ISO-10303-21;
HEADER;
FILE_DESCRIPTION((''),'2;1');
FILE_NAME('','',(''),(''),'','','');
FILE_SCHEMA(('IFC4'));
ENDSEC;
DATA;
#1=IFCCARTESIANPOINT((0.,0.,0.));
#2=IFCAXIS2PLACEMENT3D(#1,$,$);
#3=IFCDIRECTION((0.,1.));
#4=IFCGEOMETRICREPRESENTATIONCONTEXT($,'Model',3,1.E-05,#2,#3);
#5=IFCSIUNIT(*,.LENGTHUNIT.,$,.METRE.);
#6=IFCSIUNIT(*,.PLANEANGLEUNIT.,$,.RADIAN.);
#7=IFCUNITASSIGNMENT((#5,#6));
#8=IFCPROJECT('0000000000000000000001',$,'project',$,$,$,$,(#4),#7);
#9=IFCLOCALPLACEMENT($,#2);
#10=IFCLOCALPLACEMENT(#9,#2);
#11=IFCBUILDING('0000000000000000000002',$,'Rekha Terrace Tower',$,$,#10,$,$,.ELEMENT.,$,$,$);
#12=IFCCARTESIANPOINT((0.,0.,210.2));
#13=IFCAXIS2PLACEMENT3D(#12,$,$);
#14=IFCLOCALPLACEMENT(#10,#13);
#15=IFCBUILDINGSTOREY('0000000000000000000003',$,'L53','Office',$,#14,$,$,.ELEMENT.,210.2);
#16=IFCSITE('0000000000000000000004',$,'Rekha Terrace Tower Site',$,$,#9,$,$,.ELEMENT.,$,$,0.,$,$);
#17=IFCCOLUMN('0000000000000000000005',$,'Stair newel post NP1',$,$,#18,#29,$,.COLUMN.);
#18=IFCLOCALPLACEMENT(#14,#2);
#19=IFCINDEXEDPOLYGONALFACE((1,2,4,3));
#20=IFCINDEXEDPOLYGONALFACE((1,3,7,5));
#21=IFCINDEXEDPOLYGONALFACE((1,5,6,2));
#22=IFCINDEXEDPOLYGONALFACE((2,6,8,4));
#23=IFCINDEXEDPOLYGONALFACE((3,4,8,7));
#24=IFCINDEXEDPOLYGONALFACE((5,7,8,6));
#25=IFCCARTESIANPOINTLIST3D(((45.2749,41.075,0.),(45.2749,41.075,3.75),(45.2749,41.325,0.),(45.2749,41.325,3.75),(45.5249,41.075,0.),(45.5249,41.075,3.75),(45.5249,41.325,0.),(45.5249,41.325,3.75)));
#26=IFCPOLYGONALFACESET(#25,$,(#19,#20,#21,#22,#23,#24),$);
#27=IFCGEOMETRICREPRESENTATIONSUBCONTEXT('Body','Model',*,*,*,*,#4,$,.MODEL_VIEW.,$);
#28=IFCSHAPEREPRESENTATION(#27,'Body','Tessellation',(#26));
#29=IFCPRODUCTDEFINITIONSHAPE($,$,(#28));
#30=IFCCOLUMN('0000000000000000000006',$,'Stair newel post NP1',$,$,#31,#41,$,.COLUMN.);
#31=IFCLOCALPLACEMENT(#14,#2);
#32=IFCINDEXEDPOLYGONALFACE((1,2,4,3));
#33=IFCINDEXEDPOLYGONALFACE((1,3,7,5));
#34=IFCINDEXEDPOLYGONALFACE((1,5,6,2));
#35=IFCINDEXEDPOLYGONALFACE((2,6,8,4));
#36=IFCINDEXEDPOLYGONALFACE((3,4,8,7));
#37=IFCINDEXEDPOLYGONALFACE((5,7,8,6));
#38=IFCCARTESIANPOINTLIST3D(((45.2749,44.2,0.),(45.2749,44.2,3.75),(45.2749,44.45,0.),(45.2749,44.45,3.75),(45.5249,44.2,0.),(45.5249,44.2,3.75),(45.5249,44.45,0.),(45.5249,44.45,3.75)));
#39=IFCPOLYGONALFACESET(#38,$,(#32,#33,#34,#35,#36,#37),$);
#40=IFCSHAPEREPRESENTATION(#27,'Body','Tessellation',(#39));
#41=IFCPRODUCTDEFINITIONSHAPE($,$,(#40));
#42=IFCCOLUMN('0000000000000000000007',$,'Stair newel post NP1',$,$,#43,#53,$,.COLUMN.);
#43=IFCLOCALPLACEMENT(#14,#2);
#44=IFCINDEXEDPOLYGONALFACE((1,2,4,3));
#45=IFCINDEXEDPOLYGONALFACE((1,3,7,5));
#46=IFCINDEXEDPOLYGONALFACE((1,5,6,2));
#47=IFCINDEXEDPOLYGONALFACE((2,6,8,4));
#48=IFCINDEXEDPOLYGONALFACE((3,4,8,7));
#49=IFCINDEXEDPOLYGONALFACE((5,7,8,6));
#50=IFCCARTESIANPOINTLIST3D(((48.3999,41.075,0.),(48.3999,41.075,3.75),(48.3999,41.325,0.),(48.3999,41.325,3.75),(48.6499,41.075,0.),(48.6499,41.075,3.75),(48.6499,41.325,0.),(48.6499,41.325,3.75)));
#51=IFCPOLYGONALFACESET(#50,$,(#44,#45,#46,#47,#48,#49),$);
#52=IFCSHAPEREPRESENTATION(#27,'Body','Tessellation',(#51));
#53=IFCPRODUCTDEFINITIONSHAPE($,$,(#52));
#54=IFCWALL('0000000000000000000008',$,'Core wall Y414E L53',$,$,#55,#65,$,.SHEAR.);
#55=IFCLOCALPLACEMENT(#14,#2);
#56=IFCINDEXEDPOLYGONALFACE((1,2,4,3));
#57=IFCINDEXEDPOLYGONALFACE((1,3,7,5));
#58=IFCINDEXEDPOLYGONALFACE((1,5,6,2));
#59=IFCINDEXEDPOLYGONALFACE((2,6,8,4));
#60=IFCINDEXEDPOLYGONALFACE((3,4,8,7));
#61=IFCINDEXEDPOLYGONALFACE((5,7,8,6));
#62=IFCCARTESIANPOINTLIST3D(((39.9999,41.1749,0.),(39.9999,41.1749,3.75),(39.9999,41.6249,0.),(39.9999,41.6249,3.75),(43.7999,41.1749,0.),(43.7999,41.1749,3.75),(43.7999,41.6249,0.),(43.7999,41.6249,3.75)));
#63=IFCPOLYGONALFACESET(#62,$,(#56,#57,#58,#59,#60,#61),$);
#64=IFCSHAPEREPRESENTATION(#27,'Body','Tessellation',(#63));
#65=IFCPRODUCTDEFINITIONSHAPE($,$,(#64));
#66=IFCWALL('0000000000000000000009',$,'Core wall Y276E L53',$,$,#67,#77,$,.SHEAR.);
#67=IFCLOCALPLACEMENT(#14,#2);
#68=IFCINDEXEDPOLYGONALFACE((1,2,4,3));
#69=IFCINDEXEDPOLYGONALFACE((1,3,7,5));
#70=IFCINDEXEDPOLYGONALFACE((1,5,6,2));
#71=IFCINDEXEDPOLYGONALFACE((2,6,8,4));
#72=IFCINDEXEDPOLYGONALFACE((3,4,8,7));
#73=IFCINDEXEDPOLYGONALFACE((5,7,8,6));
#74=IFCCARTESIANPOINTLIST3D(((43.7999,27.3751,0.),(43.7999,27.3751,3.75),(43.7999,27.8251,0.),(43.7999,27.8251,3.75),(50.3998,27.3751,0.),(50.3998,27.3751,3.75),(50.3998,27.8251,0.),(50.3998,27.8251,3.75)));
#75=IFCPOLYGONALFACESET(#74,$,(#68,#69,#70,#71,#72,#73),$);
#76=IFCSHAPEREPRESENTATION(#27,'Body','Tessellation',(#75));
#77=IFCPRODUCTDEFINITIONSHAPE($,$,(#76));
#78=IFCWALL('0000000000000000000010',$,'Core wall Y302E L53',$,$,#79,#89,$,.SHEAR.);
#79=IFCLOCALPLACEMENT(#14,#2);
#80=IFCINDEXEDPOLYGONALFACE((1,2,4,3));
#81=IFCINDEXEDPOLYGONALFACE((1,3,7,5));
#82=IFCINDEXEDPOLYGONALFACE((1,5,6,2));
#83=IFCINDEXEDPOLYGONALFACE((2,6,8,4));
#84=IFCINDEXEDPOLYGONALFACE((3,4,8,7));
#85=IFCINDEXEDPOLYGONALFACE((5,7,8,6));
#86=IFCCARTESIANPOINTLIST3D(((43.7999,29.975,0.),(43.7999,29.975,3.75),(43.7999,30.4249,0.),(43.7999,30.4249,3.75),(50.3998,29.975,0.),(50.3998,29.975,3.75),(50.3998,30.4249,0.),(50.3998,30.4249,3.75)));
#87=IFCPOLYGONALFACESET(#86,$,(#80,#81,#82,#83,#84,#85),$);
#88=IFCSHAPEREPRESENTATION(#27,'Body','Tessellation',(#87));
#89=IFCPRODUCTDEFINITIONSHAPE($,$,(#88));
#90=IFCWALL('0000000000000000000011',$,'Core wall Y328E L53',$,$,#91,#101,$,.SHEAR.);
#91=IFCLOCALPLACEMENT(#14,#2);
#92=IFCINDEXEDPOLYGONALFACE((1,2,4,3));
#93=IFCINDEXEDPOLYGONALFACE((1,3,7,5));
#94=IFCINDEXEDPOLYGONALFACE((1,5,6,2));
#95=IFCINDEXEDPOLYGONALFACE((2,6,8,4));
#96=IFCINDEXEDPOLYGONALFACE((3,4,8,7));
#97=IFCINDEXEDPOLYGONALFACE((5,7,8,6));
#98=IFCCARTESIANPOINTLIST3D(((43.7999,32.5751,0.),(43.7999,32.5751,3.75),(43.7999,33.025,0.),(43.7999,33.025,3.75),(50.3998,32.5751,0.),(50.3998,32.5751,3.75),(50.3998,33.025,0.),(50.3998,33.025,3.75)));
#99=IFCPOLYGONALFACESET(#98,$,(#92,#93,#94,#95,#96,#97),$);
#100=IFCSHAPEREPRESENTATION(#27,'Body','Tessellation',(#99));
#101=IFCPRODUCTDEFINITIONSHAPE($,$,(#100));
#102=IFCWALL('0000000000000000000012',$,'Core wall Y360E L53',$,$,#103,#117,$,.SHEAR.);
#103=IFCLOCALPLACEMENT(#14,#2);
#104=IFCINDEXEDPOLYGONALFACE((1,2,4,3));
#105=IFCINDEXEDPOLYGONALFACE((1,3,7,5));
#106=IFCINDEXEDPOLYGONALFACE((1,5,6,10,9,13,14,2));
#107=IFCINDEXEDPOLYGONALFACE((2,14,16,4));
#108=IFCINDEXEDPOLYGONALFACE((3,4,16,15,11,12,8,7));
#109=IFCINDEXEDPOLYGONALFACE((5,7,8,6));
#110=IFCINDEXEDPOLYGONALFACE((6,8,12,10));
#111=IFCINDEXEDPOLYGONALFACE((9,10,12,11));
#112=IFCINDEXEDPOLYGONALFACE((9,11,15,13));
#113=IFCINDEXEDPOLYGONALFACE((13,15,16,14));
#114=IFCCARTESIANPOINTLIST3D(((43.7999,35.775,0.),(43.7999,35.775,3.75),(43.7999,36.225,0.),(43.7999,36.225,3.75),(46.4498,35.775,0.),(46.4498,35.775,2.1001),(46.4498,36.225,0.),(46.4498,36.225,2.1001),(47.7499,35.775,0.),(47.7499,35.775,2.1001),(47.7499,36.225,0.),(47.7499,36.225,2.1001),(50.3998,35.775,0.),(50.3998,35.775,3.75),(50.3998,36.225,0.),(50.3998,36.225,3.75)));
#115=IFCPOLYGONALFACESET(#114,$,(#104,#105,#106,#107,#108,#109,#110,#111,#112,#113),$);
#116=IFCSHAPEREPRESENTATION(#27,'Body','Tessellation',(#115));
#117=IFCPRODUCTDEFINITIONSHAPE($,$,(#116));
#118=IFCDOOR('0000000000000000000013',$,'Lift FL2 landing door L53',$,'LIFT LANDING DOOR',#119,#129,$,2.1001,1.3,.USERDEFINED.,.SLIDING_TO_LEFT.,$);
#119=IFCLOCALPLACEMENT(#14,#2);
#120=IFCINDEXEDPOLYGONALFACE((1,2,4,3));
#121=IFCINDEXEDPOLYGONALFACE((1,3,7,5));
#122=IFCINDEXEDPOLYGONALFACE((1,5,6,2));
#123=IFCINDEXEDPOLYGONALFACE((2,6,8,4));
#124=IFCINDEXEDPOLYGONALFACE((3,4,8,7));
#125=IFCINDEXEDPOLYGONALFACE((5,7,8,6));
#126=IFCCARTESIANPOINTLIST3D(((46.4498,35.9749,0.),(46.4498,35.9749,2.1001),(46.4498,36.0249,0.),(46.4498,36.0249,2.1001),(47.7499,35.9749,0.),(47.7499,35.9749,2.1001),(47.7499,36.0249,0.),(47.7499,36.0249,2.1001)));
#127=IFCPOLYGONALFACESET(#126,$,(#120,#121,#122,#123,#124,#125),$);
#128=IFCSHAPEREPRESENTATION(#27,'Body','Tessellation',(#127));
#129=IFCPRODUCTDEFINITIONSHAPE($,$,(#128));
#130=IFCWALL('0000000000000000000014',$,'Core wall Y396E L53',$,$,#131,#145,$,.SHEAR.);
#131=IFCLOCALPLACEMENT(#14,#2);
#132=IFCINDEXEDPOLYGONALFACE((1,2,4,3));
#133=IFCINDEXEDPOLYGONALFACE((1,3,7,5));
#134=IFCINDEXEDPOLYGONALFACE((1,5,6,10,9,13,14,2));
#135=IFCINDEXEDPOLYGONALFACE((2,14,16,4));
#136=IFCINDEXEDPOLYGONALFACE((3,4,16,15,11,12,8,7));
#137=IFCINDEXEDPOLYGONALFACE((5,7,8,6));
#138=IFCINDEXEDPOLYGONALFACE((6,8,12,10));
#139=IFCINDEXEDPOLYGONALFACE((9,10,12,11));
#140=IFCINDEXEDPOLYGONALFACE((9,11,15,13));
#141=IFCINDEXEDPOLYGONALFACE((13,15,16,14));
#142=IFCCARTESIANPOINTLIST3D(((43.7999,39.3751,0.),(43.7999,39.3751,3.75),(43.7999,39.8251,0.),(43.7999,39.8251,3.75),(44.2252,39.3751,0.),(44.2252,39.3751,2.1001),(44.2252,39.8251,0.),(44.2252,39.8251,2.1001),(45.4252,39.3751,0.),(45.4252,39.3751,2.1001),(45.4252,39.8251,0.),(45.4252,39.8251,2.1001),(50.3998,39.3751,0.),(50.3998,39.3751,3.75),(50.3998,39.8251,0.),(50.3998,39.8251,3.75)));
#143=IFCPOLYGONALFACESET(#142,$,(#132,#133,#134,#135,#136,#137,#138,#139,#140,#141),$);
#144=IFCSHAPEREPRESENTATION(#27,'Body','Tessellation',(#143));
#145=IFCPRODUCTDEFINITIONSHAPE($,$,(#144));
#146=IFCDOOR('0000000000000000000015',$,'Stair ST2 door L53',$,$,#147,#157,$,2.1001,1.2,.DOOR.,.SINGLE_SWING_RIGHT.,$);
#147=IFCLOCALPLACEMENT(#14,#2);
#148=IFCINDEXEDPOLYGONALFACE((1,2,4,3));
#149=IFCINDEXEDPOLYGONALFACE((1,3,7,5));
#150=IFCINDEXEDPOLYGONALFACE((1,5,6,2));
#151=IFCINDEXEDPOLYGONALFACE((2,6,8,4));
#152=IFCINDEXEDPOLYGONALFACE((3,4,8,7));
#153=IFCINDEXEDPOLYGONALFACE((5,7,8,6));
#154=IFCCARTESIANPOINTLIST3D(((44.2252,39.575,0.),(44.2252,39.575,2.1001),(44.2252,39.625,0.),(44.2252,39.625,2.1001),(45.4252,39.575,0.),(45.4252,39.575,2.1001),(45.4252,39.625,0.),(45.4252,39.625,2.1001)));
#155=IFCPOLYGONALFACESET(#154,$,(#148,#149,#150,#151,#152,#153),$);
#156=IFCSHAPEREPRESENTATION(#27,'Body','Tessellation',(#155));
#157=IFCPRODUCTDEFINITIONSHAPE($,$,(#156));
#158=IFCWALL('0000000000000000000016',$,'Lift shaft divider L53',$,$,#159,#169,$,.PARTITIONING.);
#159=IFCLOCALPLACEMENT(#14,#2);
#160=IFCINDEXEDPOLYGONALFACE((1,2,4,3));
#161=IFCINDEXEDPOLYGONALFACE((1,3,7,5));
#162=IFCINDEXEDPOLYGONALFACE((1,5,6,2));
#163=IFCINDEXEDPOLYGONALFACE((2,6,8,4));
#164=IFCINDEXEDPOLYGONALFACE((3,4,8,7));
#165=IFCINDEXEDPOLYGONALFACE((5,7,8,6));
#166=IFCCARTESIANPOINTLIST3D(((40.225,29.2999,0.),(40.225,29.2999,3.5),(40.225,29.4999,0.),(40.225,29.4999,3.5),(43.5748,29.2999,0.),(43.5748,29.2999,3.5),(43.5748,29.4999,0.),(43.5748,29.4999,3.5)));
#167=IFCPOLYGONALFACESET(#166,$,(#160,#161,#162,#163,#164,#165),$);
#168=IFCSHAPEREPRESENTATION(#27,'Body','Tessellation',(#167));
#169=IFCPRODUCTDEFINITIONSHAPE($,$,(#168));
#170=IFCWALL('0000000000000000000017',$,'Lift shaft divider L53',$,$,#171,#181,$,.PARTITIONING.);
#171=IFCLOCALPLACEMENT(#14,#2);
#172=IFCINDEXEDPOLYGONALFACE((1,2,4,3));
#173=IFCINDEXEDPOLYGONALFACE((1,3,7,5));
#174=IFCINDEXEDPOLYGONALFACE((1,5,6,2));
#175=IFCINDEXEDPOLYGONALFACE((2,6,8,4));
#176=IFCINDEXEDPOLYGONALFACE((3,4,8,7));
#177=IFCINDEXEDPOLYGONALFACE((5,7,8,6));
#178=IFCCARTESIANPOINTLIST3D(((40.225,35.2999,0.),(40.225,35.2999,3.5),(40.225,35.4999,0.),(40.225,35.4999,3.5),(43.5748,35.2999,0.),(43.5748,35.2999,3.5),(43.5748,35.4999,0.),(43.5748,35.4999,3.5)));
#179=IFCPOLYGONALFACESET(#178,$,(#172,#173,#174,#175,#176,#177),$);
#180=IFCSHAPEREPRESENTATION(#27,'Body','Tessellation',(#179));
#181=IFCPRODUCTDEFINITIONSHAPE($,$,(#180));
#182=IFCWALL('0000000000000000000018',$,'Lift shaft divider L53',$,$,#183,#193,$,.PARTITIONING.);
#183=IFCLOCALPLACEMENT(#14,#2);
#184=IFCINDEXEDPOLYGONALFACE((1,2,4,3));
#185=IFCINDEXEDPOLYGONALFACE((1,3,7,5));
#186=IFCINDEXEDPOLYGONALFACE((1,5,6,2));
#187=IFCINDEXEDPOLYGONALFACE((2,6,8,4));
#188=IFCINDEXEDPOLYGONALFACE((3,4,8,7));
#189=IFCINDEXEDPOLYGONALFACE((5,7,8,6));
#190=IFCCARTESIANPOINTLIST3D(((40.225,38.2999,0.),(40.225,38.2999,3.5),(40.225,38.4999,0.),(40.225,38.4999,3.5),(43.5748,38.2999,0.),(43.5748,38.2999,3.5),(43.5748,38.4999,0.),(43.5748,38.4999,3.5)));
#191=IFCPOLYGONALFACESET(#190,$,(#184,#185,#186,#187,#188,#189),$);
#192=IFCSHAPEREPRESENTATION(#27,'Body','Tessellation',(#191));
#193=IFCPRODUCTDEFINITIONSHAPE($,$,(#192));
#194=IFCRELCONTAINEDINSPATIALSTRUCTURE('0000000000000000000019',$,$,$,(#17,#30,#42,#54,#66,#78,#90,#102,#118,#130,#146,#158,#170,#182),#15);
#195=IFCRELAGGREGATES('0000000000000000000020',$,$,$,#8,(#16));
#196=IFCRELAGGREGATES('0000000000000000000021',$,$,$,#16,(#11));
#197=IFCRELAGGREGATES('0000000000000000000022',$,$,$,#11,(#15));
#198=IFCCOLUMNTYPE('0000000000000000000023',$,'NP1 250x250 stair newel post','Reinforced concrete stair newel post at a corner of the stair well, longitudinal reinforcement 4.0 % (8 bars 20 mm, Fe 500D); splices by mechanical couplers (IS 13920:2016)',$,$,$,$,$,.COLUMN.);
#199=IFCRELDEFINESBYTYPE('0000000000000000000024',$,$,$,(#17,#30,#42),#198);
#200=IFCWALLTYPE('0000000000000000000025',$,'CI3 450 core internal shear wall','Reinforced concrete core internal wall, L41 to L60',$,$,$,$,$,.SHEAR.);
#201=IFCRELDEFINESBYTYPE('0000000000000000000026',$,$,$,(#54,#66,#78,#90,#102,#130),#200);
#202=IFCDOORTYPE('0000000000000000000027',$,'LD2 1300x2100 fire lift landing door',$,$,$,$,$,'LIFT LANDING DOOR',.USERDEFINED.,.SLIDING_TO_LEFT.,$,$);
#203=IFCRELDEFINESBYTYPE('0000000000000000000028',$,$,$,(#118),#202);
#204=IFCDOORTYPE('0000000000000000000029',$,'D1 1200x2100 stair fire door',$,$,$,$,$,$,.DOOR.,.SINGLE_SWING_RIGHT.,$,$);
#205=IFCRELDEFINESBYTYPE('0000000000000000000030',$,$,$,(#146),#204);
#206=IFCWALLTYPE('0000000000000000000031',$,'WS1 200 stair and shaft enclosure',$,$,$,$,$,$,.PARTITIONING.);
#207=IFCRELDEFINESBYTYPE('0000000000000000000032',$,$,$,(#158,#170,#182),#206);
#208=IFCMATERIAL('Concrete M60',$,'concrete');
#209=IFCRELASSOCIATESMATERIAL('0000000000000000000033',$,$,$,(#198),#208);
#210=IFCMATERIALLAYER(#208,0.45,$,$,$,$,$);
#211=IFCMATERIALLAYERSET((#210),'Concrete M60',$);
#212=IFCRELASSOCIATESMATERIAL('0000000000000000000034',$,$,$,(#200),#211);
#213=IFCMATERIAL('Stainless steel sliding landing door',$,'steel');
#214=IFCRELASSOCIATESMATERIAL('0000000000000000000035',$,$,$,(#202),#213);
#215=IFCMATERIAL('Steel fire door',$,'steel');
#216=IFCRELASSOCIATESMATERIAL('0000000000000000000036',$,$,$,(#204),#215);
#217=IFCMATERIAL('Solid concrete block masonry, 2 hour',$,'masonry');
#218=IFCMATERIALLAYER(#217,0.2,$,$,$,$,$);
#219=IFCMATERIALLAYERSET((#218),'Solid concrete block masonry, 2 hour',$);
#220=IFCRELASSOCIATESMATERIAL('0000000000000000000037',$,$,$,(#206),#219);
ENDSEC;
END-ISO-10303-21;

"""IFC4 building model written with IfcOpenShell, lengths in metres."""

from ifc_helpers import new_model, si_unit, direction, frame, frame_2d, origin, origin_2d, place, context, subcontext, project, spatial, rectangle, extrude, material, layer, layer_set, material_profile, profile_set, type_object, element, fill, save


model = new_model("IFC4")

# Units and contexts
model_context = context("Model", 3, precision=1e-05, world=origin(), true_north=direction((0.0, 1.0)))
body_context = subcontext(model_context, "Body", "Model", "MODEL_VIEW")
ifc_project = project(units=[si_unit("LENGTHUNIT", "METRE"), si_unit("PLANEANGLEUNIT", "RADIAN")], contexts=[model_context])

# Site, building, storey
site_placement = place(None, origin())
site = spatial("IfcSite", under=ifc_project, at=site_placement, Name="Rekha Terrace Tower Site", CompositionType="ELEMENT", RefElevation=0.0)
building_placement = place(site_placement, origin())
building = spatial("IfcBuilding", under=site, at=building_placement, Name="Rekha Terrace Tower", CompositionType="ELEMENT")
storey_placement = place(building_placement, frame((0.0, 0.0, 210.2)))
storey = spatial("IfcBuildingStorey", under=building, at=storey_placement, Name="L53", Description="Office", CompositionType="ELEMENT", Elevation=210.2)

# Columns
ifc_material_1 = material(Name="Concrete M60", Category="concrete")
ifc_material_profile = material_profile(ifc_material_1, rectangle(XDim=0.25, YDim=0.25, at=origin_2d()), Name="RC 250x250")
ifc_profile_set = profile_set([ifc_material_profile], Name="Concrete M60")
column_type = type_object("IfcColumnType", Name="NP1 250x250 stair newel post", Description="Reinforced concrete stair newel post at a corner of the stair well, longitudinal reinforcement 4.0 % (8 bars 20 mm, Fe 500D); splices by mechanical couplers (IS 13920:2016)", PredefinedType="COLUMN", material=ifc_profile_set)
for number, where, z_axis, x_axis, name in (
    (1, (45.3999, 41.2, 0.0), (0.0, 0.0, 1.0), (1.0, 0.0, 0.0), "Stair newel post NP1"),
    (2, (45.3999, 44.325, 0.0), (0.0, 0.0, 1.0), (1.0, 0.0, 0.0), "Stair newel post NP1"),
    (3, (48.5249, 41.2, 0.0), (0.0, 0.0, 1.0), (1.0, 0.0, 0.0), "Stair newel post NP1"),
):
    element("IfcColumn", number, at=place(storey_placement, frame(where, z_axis=z_axis, x_axis=x_axis)), inside=storey, type_object=column_type, Name=name, PredefinedType="COLUMN", context=body_context, shape_type="SweptSolid", body=[
        extrude(rectangle(XDim=0.25, YDim=0.25, at=origin_2d()), origin(), (0.0, 0.0, 1.0), 3.75),
    ])

# Walls
ifc_layer_1 = layer(ifc_material_1, 0.45)
ifc_layer_set_1 = layer_set([ifc_layer_1], Name="Concrete M60")
wall_type_1 = type_object("IfcWallType", Name="CI3 450 core internal shear wall", Description="Reinforced concrete core internal wall, L41 to L60", PredefinedType="SHEAR", material=ifc_layer_set_1)
wall_1_placement = place(storey_placement, frame((40.0, 41.3999, 0.0), z_axis=(0.0, 0.0, 1.0), x_axis=(1.0, 0.0, 0.0)))
element("IfcWall", 4, at=wall_1_placement, inside=storey, type_object=wall_type_1, Name="Core wall Y414E L53", PredefinedType="SHEAR", context=body_context, shape_type="SweptSolid", body=[
    extrude(rectangle(XDim=3.8, YDim=0.45, at=frame_2d((1.8999, 0.0))), origin(), (0.0, 0.0, 1.0), 3.75),
])
for number, where, z_axis, x_axis, name in (
    (5, (43.8, 27.6001, 0.0), (0.0, 0.0, 1.0), (1.0, 0.0, 0.0), "Core wall Y276E L53"),
    (6, (43.8, 30.2, 0.0), (0.0, 0.0, 1.0), (1.0, 0.0, 0.0), "Core wall Y302E L53"),
    (7, (43.8, 32.8, 0.0), (0.0, 0.0, 1.0), (1.0, 0.0, 0.0), "Core wall Y328E L53"),
):
    element("IfcWall", number, at=place(storey_placement, frame(where, z_axis=z_axis, x_axis=x_axis)), inside=storey, type_object=wall_type_1, Name=name, PredefinedType="SHEAR", context=body_context, shape_type="SweptSolid", body=[
        extrude(rectangle(XDim=6.5999, YDim=0.45, at=frame_2d((3.2998, 0.0))), origin(), (0.0, 0.0, 1.0), 3.75),
    ])

# Walls, openings, doors
wall_2_placement = place(storey_placement, frame((43.8, 36.0, 0.0), z_axis=(0.0, 0.0, 1.0), x_axis=(1.0, 0.0, 0.0)))
wall_2 = element("IfcWall", 8, at=wall_2_placement, inside=storey, type_object=wall_type_1, Name="Core wall Y360E L53", PredefinedType="SHEAR", context=body_context, shape_type="SweptSolid", body=[
    extrude(rectangle(XDim=6.5999, YDim=0.45, at=frame_2d((3.2998, 0.0))), origin(), (0.0, 0.0, 1.0), 3.75),
])
opening_1_placement = place(wall_2_placement, frame((2.6499, 0.0, 0.0)))
opening_1 = element("IfcOpeningElement", 9, at=opening_1_placement, cuts=wall_2, PredefinedType="OPENING", context=body_context, shape_type="SweptSolid", body=[
    extrude(rectangle(XDim=1.3, YDim=2.1001, at=frame_2d((0.6499, 1.05))), frame((0.0, 0.2349, 0.0), z_axis=(0.0, -1.0, 0.0), x_axis=(1.0, 0.0, 0.0)), (0.0, 0.0, 1.0), 0.47),
])
ifc_material_2 = material(Name="Stainless steel sliding landing door", Category="steel")
door_type_1 = type_object("IfcDoorType", Name="LD2 1300x2100 fire lift landing door", ElementType="LIFT LANDING DOOR", OperationType="SLIDING_TO_LEFT", PredefinedType="USERDEFINED", material=ifc_material_2)
door_1_placement = place(opening_1_placement, origin())
door_1 = element("IfcDoor", 10, at=door_1_placement, inside=storey, type_object=door_type_1, Name="Lift FL2 landing door L53", ObjectType="LIFT LANDING DOOR", OperationType="SLIDING_TO_LEFT", OverallHeight=2.1001, OverallWidth=1.3, PredefinedType="USERDEFINED", context=body_context, shape_type="SweptSolid", body=[
    extrude(rectangle(XDim=1.3, YDim=2.1001, at=frame_2d((0.6499, 1.05))), frame((0.0, 0.0249, 0.0), z_axis=(0.0, -1.0, 0.0), x_axis=(1.0, 0.0, 0.0)), (0.0, 0.0, 1.0), 0.05),
])
fill(opening_1, door_1)
wall_3_placement = place(storey_placement, frame((43.8, 39.6001, 0.0), z_axis=(0.0, 0.0, 1.0), x_axis=(1.0, 0.0, 0.0)))
wall_3 = element("IfcWall", 11, at=wall_3_placement, inside=storey, type_object=wall_type_1, Name="Core wall Y396E L53", PredefinedType="SHEAR", context=body_context, shape_type="SweptSolid", body=[
    extrude(rectangle(XDim=6.5999, YDim=0.45, at=frame_2d((3.2998, 0.0))), origin(), (0.0, 0.0, 1.0), 3.75),
])
opening_2_placement = place(wall_3_placement, frame((0.425, 0.0, 0.0)))
opening_2 = element("IfcOpeningElement", 12, at=opening_2_placement, cuts=wall_3, PredefinedType="OPENING", context=body_context, shape_type="SweptSolid", body=[
    extrude(rectangle(XDim=1.2, YDim=2.1001, at=frame_2d((0.6001, 1.05))), frame((0.0, 0.2349, 0.0), z_axis=(0.0, -1.0, 0.0), x_axis=(1.0, 0.0, 0.0)), (0.0, 0.0, 1.0), 0.47),
])
ifc_material_3 = material(Name="Steel fire door", Category="steel")
door_type_2 = type_object("IfcDoorType", Name="D1 1200x2100 stair fire door", OperationType="SINGLE_SWING_RIGHT", PredefinedType="DOOR", material=ifc_material_3)
door_2_placement = place(opening_2_placement, origin())
door_2 = element("IfcDoor", 13, at=door_2_placement, inside=storey, type_object=door_type_2, Name="Stair ST2 door L53", OperationType="SINGLE_SWING_RIGHT", OverallHeight=2.1001, OverallWidth=1.2, PredefinedType="DOOR", context=body_context, shape_type="SweptSolid", body=[
    extrude(rectangle(XDim=1.2, YDim=2.1001, at=frame_2d((0.6001, 1.05))), frame((0.0, 0.0249, 0.0), z_axis=(0.0, -1.0, 0.0), x_axis=(1.0, 0.0, 0.0)), (0.0, 0.0, 1.0), 0.05),
])
fill(opening_2, door_2)

# Walls
ifc_material_4 = material(Name="Solid concrete block masonry, 2 hour", Category="masonry")
ifc_layer_2 = layer(ifc_material_4, 0.2)
ifc_layer_set_2 = layer_set([ifc_layer_2], Name="Solid concrete block masonry, 2 hour")
wall_type_2 = type_object("IfcWallType", Name="WS1 200 stair and shaft enclosure", PredefinedType="PARTITIONING", material=ifc_layer_set_2)
for number, where, z_axis, x_axis, name in (
    (14, (40.2251, 29.3999, 0.0), (0.0, 0.0, 1.0), (1.0, 0.0, 0.0), "Lift shaft divider L53"),
    (15, (40.2251, 35.3999, 0.0), (0.0, 0.0, 1.0), (1.0, 0.0, 0.0), "Lift shaft divider L53"),
    (16, (40.2251, 38.3999, 0.0), (0.0, 0.0, 1.0), (1.0, 0.0, 0.0), "Lift shaft divider L53"),
):
    element("IfcWall", number, at=place(storey_placement, frame(where, z_axis=z_axis, x_axis=x_axis)), inside=storey, type_object=wall_type_2, Name=name, PredefinedType="PARTITIONING", context=body_context, shape_type="SweptSolid", body=[
        extrude(rectangle(XDim=3.3499, YDim=0.2, at=frame_2d((1.6748, 0.0))), origin(), (0.0, 0.0, 1.0), 3.5),
    ])

save(model, "model.ifc")
